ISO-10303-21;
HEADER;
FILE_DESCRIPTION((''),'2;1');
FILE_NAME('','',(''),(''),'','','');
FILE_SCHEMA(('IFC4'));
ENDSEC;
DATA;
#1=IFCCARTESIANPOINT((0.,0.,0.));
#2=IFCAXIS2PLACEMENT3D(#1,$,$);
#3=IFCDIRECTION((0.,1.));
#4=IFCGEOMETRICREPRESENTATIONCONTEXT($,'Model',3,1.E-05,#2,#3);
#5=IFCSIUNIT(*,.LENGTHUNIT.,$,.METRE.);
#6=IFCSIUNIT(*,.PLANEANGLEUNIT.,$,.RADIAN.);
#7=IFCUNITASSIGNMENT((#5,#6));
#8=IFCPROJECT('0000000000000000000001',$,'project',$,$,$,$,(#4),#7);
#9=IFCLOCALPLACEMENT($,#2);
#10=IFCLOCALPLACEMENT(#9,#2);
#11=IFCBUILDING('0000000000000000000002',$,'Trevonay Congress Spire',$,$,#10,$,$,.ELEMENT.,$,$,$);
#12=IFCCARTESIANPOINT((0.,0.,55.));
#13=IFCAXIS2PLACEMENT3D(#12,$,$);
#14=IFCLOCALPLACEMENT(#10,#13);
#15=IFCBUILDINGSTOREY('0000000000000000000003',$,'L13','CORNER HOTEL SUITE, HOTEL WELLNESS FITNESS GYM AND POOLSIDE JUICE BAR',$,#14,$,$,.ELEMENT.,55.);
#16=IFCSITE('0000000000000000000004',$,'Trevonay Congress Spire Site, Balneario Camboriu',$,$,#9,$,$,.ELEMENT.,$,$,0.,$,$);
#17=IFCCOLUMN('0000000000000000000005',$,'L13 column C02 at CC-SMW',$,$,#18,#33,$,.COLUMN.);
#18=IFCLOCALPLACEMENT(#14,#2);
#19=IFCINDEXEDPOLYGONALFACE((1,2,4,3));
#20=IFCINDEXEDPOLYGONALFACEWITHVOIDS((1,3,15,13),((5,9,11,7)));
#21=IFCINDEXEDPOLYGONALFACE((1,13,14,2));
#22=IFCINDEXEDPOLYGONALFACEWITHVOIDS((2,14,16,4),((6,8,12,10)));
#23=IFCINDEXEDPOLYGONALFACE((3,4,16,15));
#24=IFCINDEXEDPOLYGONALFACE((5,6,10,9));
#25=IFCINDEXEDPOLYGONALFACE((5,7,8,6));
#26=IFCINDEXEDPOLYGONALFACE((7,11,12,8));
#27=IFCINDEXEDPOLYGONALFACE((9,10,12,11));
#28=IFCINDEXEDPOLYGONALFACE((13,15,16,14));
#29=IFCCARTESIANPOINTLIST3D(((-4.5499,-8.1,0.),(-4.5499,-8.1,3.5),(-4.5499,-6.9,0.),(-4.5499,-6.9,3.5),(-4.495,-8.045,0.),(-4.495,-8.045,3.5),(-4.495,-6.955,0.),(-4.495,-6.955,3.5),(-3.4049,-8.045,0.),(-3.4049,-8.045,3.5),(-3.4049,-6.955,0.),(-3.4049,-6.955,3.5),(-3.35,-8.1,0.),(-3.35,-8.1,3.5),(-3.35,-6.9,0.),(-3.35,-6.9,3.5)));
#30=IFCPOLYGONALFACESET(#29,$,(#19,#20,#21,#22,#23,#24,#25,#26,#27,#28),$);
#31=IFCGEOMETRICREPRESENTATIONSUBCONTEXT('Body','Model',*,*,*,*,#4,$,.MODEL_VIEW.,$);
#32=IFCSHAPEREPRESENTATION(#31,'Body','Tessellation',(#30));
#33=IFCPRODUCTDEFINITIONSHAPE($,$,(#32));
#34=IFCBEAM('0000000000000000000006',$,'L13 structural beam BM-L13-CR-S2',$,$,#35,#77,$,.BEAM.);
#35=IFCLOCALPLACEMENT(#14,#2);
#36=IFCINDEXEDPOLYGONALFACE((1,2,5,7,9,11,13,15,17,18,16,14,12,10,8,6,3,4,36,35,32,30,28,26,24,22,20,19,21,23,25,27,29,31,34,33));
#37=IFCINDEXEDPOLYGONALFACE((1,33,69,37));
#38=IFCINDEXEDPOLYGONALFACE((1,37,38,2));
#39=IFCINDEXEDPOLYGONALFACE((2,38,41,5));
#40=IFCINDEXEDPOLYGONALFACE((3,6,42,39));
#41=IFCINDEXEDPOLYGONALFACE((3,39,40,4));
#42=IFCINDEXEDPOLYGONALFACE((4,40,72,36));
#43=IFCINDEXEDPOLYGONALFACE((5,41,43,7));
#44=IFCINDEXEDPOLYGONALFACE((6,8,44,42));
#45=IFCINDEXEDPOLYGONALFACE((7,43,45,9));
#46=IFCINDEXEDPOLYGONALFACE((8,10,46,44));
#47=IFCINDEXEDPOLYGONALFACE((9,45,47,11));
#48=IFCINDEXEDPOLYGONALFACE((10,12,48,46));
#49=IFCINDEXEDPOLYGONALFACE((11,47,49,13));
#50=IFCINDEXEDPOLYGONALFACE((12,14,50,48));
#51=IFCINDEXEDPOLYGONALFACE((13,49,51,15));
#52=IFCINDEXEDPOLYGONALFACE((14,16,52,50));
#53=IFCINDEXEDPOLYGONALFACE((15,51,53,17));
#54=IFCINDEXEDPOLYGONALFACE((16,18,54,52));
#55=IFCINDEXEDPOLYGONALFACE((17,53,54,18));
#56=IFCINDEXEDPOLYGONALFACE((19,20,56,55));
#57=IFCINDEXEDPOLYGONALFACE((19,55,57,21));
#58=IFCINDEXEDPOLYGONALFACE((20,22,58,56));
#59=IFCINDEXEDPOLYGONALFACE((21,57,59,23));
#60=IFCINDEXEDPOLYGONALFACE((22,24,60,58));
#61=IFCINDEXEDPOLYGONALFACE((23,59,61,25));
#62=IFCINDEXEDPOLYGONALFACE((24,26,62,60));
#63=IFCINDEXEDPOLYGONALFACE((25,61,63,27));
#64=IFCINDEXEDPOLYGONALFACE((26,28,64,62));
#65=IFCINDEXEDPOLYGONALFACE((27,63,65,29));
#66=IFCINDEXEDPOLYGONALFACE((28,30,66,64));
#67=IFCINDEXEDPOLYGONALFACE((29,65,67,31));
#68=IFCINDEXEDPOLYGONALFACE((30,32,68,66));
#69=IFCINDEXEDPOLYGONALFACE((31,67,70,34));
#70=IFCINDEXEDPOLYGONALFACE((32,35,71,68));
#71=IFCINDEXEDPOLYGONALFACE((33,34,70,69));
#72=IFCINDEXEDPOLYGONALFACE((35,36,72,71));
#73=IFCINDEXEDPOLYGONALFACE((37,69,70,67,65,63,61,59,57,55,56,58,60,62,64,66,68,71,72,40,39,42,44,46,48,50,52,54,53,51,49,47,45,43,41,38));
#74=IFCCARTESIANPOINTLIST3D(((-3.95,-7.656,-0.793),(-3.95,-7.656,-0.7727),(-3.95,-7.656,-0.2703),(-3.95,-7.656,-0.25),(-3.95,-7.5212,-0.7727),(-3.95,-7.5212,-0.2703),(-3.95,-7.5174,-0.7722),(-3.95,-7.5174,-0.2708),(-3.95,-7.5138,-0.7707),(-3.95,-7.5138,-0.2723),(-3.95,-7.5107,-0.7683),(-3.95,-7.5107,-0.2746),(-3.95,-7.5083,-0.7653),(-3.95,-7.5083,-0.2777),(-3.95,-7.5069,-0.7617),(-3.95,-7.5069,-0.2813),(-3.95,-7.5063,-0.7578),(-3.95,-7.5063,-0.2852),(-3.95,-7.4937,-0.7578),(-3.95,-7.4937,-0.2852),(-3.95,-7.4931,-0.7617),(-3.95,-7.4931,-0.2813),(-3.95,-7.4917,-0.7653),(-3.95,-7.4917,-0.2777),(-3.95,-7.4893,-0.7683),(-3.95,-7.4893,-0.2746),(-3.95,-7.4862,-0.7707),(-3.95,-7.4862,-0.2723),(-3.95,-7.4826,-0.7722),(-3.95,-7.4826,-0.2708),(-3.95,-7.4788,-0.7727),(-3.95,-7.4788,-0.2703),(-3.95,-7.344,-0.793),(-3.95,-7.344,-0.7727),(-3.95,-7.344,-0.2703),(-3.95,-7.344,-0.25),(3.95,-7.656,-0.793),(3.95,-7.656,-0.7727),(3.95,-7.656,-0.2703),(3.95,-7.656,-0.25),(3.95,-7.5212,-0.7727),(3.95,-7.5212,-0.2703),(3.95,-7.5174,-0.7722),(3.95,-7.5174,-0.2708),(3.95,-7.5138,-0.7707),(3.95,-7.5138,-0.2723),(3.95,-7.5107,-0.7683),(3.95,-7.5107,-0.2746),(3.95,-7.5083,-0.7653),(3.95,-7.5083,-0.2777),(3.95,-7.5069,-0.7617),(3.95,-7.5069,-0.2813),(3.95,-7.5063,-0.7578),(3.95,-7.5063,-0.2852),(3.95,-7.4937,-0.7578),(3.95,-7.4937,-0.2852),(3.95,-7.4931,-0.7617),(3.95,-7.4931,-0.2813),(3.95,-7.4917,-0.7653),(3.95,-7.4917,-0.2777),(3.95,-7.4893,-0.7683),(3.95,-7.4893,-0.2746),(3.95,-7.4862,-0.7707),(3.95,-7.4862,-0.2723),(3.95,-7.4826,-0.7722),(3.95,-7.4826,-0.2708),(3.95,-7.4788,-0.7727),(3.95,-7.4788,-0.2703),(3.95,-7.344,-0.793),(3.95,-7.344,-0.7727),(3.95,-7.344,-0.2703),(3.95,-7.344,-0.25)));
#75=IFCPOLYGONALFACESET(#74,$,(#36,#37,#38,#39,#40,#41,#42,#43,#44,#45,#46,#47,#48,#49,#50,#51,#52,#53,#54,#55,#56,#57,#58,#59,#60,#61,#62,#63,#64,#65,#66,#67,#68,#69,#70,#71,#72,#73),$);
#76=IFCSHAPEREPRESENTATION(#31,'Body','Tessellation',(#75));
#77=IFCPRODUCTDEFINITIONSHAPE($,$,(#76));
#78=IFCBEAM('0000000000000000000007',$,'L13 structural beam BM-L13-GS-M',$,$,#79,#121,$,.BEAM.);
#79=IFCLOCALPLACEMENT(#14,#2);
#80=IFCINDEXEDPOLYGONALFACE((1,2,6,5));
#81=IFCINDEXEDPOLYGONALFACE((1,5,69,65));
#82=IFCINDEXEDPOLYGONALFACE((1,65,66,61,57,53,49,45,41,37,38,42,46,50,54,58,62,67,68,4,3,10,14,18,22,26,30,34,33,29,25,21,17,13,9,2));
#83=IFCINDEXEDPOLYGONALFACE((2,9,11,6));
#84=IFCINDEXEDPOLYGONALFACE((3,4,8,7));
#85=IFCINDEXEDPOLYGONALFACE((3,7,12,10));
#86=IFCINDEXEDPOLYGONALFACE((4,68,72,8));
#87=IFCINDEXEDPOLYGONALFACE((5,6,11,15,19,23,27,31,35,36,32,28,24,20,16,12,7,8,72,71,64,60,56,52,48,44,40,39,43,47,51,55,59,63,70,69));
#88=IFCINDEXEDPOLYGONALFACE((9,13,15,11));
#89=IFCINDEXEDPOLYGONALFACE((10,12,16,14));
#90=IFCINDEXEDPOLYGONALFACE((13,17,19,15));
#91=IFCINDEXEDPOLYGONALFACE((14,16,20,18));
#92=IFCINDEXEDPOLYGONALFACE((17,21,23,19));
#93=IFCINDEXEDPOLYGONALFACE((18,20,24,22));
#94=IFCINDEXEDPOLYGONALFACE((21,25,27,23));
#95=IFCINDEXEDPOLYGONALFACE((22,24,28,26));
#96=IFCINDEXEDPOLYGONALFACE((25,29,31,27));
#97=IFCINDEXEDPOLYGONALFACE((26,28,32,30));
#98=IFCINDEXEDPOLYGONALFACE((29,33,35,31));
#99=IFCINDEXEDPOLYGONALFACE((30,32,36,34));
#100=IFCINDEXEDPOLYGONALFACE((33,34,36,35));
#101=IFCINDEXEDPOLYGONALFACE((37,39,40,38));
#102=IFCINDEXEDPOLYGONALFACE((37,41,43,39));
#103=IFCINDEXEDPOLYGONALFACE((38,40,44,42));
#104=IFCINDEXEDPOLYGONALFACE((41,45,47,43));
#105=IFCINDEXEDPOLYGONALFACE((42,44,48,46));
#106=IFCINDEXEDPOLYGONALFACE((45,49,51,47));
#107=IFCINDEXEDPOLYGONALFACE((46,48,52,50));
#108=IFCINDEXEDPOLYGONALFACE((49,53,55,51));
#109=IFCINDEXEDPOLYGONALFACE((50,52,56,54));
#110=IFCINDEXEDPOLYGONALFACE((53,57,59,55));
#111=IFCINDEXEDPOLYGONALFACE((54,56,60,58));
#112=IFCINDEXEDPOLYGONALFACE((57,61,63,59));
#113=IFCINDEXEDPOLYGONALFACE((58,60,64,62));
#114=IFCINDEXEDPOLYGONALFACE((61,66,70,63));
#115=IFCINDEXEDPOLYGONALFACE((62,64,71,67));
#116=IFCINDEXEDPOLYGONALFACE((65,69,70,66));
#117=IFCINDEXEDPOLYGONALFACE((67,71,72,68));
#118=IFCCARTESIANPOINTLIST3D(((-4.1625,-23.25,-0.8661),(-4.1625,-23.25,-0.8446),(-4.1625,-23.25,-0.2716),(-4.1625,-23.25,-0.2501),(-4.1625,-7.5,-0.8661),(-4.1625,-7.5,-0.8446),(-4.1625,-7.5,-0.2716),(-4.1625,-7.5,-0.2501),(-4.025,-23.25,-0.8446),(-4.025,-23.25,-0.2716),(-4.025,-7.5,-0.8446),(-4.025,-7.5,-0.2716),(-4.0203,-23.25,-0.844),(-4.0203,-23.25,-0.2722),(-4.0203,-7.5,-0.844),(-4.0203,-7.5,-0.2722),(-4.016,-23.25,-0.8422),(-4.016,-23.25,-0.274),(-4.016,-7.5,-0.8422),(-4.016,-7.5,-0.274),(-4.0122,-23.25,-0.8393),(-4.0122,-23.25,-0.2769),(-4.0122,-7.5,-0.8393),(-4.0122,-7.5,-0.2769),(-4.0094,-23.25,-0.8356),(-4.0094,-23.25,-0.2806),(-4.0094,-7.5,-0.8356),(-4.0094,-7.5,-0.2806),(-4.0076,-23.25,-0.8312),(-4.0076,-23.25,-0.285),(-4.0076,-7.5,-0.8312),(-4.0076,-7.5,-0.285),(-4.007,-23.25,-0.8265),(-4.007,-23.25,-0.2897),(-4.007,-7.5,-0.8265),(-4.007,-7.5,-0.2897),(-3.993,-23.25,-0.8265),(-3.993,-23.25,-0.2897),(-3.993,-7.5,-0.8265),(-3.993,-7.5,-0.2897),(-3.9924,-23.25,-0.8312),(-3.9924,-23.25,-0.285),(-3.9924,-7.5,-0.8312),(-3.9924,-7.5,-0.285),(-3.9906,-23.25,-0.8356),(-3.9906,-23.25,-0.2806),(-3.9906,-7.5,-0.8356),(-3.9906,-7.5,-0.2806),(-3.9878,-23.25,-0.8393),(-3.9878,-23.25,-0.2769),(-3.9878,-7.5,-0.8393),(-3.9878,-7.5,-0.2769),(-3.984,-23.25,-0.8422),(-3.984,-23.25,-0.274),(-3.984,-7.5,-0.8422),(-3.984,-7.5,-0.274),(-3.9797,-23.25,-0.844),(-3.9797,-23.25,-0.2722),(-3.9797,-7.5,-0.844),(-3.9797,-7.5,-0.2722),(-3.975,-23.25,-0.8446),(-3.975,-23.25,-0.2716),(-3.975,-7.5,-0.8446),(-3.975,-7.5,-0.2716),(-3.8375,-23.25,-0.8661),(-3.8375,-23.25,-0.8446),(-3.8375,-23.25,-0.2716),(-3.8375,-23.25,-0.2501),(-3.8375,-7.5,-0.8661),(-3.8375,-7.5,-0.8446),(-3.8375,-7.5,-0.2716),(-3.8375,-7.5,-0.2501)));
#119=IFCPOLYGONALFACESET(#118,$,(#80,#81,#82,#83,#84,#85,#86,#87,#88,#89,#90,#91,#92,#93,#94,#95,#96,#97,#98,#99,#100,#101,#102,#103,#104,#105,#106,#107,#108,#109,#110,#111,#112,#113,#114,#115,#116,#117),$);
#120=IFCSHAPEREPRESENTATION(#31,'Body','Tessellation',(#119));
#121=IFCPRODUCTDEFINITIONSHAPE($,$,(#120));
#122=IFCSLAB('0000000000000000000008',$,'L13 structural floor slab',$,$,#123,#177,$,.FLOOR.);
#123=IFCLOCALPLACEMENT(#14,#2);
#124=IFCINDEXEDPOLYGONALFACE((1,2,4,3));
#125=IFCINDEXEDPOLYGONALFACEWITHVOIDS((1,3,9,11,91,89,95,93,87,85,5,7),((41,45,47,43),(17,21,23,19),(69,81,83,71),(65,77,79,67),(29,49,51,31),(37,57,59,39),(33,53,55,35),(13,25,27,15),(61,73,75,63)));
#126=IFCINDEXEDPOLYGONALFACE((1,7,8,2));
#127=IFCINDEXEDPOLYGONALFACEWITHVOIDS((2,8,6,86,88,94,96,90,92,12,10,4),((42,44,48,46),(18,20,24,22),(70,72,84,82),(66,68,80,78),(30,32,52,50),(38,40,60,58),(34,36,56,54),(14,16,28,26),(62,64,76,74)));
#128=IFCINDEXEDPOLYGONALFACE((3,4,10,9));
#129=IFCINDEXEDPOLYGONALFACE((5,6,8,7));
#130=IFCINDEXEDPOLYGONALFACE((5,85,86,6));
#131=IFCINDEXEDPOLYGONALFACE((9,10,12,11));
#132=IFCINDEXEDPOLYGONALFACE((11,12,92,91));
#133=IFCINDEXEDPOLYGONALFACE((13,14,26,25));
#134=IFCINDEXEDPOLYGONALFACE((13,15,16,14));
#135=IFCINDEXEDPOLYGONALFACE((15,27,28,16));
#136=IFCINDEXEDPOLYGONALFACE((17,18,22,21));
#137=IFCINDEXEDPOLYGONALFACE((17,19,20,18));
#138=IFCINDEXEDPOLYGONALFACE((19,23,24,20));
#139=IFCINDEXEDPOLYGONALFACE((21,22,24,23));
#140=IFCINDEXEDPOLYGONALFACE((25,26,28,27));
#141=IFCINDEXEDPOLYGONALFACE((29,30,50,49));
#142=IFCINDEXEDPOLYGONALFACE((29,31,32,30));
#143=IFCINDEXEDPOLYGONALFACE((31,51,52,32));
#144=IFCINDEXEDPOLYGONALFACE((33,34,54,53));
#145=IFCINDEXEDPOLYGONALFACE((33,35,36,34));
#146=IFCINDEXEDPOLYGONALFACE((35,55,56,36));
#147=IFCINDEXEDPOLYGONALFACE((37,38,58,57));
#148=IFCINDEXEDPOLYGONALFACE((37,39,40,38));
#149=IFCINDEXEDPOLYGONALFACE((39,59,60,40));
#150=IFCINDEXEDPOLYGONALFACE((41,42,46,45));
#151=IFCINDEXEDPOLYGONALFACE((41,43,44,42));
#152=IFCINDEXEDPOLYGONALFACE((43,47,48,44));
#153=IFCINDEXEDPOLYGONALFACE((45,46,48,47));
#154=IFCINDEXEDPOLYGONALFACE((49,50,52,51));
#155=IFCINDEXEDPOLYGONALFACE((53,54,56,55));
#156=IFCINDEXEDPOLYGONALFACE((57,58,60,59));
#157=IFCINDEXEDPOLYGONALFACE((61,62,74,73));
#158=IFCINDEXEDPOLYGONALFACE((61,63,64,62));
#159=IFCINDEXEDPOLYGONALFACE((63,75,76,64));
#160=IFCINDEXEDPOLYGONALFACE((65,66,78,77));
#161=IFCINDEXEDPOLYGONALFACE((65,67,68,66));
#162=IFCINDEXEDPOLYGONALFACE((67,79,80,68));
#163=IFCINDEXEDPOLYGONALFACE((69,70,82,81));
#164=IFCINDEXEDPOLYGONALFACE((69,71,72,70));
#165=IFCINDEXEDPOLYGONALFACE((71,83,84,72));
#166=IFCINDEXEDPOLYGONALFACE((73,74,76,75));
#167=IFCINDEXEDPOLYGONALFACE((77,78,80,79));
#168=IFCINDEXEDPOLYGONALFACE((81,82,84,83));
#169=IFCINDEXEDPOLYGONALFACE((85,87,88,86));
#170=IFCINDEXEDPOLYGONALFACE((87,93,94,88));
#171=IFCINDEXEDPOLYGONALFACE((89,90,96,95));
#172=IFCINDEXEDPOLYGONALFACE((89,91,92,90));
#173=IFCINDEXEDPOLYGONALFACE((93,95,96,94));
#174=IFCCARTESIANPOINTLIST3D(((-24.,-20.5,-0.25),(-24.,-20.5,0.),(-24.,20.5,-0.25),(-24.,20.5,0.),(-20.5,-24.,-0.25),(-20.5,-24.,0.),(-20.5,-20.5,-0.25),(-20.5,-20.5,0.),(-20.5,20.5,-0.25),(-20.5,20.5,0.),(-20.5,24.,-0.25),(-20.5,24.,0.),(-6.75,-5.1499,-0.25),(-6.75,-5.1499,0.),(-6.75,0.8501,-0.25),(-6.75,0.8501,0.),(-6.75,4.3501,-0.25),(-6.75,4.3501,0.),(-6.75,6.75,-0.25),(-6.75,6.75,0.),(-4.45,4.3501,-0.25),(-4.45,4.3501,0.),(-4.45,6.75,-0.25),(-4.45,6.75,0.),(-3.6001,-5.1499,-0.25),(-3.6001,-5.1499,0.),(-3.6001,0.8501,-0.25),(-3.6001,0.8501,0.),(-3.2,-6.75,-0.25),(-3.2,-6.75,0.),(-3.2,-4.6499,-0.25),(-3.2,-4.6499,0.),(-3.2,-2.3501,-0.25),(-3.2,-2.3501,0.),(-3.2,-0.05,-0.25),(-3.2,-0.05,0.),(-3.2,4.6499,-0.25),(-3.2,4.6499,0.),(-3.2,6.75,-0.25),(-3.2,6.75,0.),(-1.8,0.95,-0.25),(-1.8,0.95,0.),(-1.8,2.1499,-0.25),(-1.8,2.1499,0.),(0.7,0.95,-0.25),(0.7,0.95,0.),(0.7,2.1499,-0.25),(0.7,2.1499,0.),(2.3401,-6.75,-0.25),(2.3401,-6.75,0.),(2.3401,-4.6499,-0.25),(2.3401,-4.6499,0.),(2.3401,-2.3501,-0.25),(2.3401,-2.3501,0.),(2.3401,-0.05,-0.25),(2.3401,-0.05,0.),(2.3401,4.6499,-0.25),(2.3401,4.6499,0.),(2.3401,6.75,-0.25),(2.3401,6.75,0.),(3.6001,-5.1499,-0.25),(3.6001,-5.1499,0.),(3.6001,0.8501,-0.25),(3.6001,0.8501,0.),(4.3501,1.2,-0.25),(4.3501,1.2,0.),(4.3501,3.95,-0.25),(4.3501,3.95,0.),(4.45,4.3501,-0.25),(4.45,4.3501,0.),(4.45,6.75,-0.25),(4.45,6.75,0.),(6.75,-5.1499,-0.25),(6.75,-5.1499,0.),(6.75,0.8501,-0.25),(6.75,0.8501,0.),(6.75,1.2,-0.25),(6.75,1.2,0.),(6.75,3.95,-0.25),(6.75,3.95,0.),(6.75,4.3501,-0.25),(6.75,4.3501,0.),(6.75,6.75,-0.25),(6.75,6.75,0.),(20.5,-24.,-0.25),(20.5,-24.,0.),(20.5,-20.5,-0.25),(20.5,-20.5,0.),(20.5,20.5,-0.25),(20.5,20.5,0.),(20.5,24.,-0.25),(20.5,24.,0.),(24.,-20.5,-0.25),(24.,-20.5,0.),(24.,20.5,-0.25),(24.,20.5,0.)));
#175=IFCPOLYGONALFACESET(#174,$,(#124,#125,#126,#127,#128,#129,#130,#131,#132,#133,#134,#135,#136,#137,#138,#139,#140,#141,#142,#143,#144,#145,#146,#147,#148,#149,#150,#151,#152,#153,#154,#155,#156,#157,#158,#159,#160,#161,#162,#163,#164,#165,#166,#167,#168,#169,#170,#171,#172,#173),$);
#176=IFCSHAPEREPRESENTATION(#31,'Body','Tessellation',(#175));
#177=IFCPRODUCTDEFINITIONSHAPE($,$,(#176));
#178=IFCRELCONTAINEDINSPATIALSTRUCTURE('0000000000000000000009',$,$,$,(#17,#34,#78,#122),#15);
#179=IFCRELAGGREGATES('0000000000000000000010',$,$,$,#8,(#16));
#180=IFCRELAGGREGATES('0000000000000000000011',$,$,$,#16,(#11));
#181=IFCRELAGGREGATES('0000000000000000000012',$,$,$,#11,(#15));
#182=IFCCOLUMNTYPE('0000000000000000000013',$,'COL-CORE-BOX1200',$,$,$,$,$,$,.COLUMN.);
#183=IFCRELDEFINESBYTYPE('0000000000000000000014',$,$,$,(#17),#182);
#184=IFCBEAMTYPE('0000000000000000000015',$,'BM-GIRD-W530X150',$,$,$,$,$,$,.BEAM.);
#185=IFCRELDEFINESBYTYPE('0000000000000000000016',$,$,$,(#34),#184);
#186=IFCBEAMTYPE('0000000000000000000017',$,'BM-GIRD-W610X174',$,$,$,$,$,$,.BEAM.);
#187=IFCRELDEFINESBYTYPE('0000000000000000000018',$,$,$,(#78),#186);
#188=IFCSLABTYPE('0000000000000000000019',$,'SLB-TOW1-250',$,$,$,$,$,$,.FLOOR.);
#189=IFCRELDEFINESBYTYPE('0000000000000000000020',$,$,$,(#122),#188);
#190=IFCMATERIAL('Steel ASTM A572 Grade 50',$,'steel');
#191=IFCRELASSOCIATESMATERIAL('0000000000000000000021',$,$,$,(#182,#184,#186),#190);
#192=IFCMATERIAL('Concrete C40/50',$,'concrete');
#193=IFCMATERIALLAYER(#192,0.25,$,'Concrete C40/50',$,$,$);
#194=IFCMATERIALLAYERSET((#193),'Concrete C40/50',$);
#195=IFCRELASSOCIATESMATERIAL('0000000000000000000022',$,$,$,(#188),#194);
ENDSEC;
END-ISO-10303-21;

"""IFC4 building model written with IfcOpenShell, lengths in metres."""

from ifc_helpers import new_model, si_unit, direction, frame, origin, origin_2d, place, context, subcontext, project, spatial, polyline, hollow_rectangle, i_section, outline, extrude, material, layer, layer_set, material_profile, profile_set, type_object, element, save


model = new_model("IFC4")

# Units and contexts
model_context = context("Model", 3, precision=1e-05, world=origin(), true_north=direction((0.0, 1.0)))
body_context = subcontext(model_context, "Body", "Model", "MODEL_VIEW")
ifc_project = project(units=[si_unit("LENGTHUNIT", "METRE"), si_unit("PLANEANGLEUNIT", "RADIAN")], contexts=[model_context])

# Site, building, storey
site_placement = place(None, origin())
site = spatial("IfcSite", under=ifc_project, at=site_placement, Name="Trevonay Congress Spire Site, Balneario Camboriu", CompositionType="ELEMENT", RefElevation=0.0)
building_placement = place(site_placement, origin())
building = spatial("IfcBuilding", under=site, at=building_placement, Name="Trevonay Congress Spire", CompositionType="ELEMENT")
storey_placement = place(building_placement, frame((0.0, 0.0, 55.0)))
storey = spatial("IfcBuildingStorey", under=building, at=storey_placement, Name="L13", Description="CORNER HOTEL SUITE, HOTEL WELLNESS FITNESS GYM AND POOLSIDE JUICE BAR", CompositionType="ELEMENT", Elevation=55.0)

# Column
ifc_material_1 = material(Name="Steel ASTM A572 Grade 50", Category="steel")
ifc_material_profile_1 = material_profile(ifc_material_1, hollow_rectangle(XDim=1.2, YDim=1.2, WallThickness=0.0549, at=origin_2d()), Name="BOX 1200x1200x55")
ifc_profile_set_1 = profile_set([ifc_material_profile_1], Name="Steel ASTM A572 Grade 50")
column_type = type_object("IfcColumnType", Name="COL-CORE-BOX1200", PredefinedType="COLUMN", material=ifc_profile_set_1)
column_placement = place(storey_placement, frame((-3.95, -7.5, 0.0), z_axis=(0.0, 0.0, 1.0), x_axis=(1.0, 0.0, 0.0)))
element("IfcColumn", 1, at=column_placement, inside=storey, type_object=column_type, Name="L13 column C02 at CC-SMW", PredefinedType="COLUMN", context=body_context, shape_type="SweptSolid", body=[
    extrude(hollow_rectangle(XDim=1.2, YDim=1.2, WallThickness=0.0549, at=origin_2d()), origin(), (0.0, 0.0, 1.0), 3.5),
])

# Beams
ifc_material_profile_2 = material_profile(ifc_material_1, i_section(OverallWidth=0.312, OverallDepth=0.543, WebThickness=0.0127, FlangeThickness=0.0203, FilletRadius=0.0149, at=origin_2d()), Name="W530x150")
ifc_profile_set_2 = profile_set([ifc_material_profile_2], Name="Steel ASTM A572 Grade 50")
beam_type_1 = type_object("IfcBeamType", Name="BM-GIRD-W530X150", PredefinedType="BEAM", material=ifc_profile_set_2)
beam_1_placement = place(storey_placement, frame((-3.95, -7.5, -0.5215), z_axis=(1.0, 0.0, 0.0), x_axis=(0.0, 1.0, 0.0)))
element("IfcBeam", 2, at=beam_1_placement, inside=storey, type_object=beam_type_1, Name="L13 structural beam BM-L13-CR-S2", PredefinedType="BEAM", context=body_context, shape_type="SweptSolid", body=[
    extrude(i_section(OverallWidth=0.312, OverallDepth=0.543, WebThickness=0.0127, FlangeThickness=0.0203, FilletRadius=0.0149, at=origin_2d()), origin(), (0.0, 0.0, 1.0), 7.8999),
])
ifc_material_profile_3 = material_profile(ifc_material_1, i_section(OverallWidth=0.325, OverallDepth=0.616, WebThickness=0.0139, FlangeThickness=0.0215, FilletRadius=0.0181, at=origin_2d()), Name="W610x174")
ifc_profile_set_3 = profile_set([ifc_material_profile_3], Name="Steel ASTM A572 Grade 50")
beam_type_2 = type_object("IfcBeamType", Name="BM-GIRD-W610X174", PredefinedType="BEAM", material=ifc_profile_set_3)
beam_2_placement = place(storey_placement, frame((-4.0, -7.5, -0.5581), z_axis=(0.0, -1.0, 0.0), x_axis=(1.0, 0.0, 0.0)))
element("IfcBeam", 3, at=beam_2_placement, inside=storey, type_object=beam_type_2, Name="L13 structural beam BM-L13-GS-M", PredefinedType="BEAM", context=body_context, shape_type="SweptSolid", body=[
    extrude(i_section(OverallWidth=0.325, OverallDepth=0.616, WebThickness=0.0139, FlangeThickness=0.0215, FilletRadius=0.0181, at=origin_2d()), origin(), (0.0, 0.0, 1.0), 15.75),
])

# Slab
ifc_material_2 = material(Name="Concrete C40/50", Category="concrete")
ifc_layer_1 = layer(ifc_material_2, 0.25, Name="Concrete C40/50")
ifc_layer_set_1 = layer_set([ifc_layer_1], Name="Concrete C40/50")
slab_type_1 = type_object("IfcSlabType", Name="SLB-TOW1-250", PredefinedType="FLOOR", material=ifc_layer_set_1)
slab_1_placement = place(storey_placement, frame((0.0, 0.0, -0.25)))
element("IfcSlab", 4, at=slab_1_placement, inside=storey, type_object=slab_type_1, Name="L13 structural floor slab", PredefinedType="FLOOR", context=body_context, shape_type="SweptSolid", body=[
    extrude(outline(polyline([(-20.5, -24.0), (20.5, -24.0), (20.5, -20.5), (24.0, -20.5), (24.0, 20.5), (20.5, 20.5), (20.5, 24.0), (-20.5, 24.0), (-20.5, 20.5), (-24.0, 20.5), (-24.0, -20.5), (-20.5, -20.5), (-20.5, -24.0)]), holes=[polyline([(-3.6001, -5.1499), (-3.6001, 0.8501), (-6.75, 0.8501), (-6.75, -5.1499), (-3.6001, -5.1499)]), polyline([(6.75, -5.1499), (6.75, 0.8501), (3.6001, 0.8501), (3.6001, -5.1499), (6.75, -5.1499)]), polyline([(-3.2, -6.75), (2.3401, -6.75), (2.3401, -4.6499), (-3.2, -4.6499), (-3.2, -6.75)]), polyline([(-3.2, -2.3501), (2.3401, -2.3501), (2.3401, -0.05), (-3.2, -0.05), (-3.2, -2.3501)]), polyline([(-3.2, 4.6499), (2.3401, 4.6499), (2.3401, 6.75), (-3.2, 6.75), (-3.2, 4.6499)]), polyline([(-6.75, 4.3501), (-4.45, 4.3501), (-4.45, 6.75), (-6.75, 6.75), (-6.75, 4.3501)]), polyline([(4.45, 4.3501), (6.75, 4.3501), (6.75, 6.75), (4.45, 6.75), (4.45, 4.3501)]), polyline([(4.3501, 1.2), (6.75, 1.2), (6.75, 3.95), (4.3501, 3.95), (4.3501, 1.2)]), polyline([(-1.8, 0.95), (0.7, 0.95), (0.7, 2.1499), (-1.8, 2.1499), (-1.8, 0.95)])]), origin(), (0.0, 0.0, 1.0), 0.25),
])

save(model, "model.ifc")
